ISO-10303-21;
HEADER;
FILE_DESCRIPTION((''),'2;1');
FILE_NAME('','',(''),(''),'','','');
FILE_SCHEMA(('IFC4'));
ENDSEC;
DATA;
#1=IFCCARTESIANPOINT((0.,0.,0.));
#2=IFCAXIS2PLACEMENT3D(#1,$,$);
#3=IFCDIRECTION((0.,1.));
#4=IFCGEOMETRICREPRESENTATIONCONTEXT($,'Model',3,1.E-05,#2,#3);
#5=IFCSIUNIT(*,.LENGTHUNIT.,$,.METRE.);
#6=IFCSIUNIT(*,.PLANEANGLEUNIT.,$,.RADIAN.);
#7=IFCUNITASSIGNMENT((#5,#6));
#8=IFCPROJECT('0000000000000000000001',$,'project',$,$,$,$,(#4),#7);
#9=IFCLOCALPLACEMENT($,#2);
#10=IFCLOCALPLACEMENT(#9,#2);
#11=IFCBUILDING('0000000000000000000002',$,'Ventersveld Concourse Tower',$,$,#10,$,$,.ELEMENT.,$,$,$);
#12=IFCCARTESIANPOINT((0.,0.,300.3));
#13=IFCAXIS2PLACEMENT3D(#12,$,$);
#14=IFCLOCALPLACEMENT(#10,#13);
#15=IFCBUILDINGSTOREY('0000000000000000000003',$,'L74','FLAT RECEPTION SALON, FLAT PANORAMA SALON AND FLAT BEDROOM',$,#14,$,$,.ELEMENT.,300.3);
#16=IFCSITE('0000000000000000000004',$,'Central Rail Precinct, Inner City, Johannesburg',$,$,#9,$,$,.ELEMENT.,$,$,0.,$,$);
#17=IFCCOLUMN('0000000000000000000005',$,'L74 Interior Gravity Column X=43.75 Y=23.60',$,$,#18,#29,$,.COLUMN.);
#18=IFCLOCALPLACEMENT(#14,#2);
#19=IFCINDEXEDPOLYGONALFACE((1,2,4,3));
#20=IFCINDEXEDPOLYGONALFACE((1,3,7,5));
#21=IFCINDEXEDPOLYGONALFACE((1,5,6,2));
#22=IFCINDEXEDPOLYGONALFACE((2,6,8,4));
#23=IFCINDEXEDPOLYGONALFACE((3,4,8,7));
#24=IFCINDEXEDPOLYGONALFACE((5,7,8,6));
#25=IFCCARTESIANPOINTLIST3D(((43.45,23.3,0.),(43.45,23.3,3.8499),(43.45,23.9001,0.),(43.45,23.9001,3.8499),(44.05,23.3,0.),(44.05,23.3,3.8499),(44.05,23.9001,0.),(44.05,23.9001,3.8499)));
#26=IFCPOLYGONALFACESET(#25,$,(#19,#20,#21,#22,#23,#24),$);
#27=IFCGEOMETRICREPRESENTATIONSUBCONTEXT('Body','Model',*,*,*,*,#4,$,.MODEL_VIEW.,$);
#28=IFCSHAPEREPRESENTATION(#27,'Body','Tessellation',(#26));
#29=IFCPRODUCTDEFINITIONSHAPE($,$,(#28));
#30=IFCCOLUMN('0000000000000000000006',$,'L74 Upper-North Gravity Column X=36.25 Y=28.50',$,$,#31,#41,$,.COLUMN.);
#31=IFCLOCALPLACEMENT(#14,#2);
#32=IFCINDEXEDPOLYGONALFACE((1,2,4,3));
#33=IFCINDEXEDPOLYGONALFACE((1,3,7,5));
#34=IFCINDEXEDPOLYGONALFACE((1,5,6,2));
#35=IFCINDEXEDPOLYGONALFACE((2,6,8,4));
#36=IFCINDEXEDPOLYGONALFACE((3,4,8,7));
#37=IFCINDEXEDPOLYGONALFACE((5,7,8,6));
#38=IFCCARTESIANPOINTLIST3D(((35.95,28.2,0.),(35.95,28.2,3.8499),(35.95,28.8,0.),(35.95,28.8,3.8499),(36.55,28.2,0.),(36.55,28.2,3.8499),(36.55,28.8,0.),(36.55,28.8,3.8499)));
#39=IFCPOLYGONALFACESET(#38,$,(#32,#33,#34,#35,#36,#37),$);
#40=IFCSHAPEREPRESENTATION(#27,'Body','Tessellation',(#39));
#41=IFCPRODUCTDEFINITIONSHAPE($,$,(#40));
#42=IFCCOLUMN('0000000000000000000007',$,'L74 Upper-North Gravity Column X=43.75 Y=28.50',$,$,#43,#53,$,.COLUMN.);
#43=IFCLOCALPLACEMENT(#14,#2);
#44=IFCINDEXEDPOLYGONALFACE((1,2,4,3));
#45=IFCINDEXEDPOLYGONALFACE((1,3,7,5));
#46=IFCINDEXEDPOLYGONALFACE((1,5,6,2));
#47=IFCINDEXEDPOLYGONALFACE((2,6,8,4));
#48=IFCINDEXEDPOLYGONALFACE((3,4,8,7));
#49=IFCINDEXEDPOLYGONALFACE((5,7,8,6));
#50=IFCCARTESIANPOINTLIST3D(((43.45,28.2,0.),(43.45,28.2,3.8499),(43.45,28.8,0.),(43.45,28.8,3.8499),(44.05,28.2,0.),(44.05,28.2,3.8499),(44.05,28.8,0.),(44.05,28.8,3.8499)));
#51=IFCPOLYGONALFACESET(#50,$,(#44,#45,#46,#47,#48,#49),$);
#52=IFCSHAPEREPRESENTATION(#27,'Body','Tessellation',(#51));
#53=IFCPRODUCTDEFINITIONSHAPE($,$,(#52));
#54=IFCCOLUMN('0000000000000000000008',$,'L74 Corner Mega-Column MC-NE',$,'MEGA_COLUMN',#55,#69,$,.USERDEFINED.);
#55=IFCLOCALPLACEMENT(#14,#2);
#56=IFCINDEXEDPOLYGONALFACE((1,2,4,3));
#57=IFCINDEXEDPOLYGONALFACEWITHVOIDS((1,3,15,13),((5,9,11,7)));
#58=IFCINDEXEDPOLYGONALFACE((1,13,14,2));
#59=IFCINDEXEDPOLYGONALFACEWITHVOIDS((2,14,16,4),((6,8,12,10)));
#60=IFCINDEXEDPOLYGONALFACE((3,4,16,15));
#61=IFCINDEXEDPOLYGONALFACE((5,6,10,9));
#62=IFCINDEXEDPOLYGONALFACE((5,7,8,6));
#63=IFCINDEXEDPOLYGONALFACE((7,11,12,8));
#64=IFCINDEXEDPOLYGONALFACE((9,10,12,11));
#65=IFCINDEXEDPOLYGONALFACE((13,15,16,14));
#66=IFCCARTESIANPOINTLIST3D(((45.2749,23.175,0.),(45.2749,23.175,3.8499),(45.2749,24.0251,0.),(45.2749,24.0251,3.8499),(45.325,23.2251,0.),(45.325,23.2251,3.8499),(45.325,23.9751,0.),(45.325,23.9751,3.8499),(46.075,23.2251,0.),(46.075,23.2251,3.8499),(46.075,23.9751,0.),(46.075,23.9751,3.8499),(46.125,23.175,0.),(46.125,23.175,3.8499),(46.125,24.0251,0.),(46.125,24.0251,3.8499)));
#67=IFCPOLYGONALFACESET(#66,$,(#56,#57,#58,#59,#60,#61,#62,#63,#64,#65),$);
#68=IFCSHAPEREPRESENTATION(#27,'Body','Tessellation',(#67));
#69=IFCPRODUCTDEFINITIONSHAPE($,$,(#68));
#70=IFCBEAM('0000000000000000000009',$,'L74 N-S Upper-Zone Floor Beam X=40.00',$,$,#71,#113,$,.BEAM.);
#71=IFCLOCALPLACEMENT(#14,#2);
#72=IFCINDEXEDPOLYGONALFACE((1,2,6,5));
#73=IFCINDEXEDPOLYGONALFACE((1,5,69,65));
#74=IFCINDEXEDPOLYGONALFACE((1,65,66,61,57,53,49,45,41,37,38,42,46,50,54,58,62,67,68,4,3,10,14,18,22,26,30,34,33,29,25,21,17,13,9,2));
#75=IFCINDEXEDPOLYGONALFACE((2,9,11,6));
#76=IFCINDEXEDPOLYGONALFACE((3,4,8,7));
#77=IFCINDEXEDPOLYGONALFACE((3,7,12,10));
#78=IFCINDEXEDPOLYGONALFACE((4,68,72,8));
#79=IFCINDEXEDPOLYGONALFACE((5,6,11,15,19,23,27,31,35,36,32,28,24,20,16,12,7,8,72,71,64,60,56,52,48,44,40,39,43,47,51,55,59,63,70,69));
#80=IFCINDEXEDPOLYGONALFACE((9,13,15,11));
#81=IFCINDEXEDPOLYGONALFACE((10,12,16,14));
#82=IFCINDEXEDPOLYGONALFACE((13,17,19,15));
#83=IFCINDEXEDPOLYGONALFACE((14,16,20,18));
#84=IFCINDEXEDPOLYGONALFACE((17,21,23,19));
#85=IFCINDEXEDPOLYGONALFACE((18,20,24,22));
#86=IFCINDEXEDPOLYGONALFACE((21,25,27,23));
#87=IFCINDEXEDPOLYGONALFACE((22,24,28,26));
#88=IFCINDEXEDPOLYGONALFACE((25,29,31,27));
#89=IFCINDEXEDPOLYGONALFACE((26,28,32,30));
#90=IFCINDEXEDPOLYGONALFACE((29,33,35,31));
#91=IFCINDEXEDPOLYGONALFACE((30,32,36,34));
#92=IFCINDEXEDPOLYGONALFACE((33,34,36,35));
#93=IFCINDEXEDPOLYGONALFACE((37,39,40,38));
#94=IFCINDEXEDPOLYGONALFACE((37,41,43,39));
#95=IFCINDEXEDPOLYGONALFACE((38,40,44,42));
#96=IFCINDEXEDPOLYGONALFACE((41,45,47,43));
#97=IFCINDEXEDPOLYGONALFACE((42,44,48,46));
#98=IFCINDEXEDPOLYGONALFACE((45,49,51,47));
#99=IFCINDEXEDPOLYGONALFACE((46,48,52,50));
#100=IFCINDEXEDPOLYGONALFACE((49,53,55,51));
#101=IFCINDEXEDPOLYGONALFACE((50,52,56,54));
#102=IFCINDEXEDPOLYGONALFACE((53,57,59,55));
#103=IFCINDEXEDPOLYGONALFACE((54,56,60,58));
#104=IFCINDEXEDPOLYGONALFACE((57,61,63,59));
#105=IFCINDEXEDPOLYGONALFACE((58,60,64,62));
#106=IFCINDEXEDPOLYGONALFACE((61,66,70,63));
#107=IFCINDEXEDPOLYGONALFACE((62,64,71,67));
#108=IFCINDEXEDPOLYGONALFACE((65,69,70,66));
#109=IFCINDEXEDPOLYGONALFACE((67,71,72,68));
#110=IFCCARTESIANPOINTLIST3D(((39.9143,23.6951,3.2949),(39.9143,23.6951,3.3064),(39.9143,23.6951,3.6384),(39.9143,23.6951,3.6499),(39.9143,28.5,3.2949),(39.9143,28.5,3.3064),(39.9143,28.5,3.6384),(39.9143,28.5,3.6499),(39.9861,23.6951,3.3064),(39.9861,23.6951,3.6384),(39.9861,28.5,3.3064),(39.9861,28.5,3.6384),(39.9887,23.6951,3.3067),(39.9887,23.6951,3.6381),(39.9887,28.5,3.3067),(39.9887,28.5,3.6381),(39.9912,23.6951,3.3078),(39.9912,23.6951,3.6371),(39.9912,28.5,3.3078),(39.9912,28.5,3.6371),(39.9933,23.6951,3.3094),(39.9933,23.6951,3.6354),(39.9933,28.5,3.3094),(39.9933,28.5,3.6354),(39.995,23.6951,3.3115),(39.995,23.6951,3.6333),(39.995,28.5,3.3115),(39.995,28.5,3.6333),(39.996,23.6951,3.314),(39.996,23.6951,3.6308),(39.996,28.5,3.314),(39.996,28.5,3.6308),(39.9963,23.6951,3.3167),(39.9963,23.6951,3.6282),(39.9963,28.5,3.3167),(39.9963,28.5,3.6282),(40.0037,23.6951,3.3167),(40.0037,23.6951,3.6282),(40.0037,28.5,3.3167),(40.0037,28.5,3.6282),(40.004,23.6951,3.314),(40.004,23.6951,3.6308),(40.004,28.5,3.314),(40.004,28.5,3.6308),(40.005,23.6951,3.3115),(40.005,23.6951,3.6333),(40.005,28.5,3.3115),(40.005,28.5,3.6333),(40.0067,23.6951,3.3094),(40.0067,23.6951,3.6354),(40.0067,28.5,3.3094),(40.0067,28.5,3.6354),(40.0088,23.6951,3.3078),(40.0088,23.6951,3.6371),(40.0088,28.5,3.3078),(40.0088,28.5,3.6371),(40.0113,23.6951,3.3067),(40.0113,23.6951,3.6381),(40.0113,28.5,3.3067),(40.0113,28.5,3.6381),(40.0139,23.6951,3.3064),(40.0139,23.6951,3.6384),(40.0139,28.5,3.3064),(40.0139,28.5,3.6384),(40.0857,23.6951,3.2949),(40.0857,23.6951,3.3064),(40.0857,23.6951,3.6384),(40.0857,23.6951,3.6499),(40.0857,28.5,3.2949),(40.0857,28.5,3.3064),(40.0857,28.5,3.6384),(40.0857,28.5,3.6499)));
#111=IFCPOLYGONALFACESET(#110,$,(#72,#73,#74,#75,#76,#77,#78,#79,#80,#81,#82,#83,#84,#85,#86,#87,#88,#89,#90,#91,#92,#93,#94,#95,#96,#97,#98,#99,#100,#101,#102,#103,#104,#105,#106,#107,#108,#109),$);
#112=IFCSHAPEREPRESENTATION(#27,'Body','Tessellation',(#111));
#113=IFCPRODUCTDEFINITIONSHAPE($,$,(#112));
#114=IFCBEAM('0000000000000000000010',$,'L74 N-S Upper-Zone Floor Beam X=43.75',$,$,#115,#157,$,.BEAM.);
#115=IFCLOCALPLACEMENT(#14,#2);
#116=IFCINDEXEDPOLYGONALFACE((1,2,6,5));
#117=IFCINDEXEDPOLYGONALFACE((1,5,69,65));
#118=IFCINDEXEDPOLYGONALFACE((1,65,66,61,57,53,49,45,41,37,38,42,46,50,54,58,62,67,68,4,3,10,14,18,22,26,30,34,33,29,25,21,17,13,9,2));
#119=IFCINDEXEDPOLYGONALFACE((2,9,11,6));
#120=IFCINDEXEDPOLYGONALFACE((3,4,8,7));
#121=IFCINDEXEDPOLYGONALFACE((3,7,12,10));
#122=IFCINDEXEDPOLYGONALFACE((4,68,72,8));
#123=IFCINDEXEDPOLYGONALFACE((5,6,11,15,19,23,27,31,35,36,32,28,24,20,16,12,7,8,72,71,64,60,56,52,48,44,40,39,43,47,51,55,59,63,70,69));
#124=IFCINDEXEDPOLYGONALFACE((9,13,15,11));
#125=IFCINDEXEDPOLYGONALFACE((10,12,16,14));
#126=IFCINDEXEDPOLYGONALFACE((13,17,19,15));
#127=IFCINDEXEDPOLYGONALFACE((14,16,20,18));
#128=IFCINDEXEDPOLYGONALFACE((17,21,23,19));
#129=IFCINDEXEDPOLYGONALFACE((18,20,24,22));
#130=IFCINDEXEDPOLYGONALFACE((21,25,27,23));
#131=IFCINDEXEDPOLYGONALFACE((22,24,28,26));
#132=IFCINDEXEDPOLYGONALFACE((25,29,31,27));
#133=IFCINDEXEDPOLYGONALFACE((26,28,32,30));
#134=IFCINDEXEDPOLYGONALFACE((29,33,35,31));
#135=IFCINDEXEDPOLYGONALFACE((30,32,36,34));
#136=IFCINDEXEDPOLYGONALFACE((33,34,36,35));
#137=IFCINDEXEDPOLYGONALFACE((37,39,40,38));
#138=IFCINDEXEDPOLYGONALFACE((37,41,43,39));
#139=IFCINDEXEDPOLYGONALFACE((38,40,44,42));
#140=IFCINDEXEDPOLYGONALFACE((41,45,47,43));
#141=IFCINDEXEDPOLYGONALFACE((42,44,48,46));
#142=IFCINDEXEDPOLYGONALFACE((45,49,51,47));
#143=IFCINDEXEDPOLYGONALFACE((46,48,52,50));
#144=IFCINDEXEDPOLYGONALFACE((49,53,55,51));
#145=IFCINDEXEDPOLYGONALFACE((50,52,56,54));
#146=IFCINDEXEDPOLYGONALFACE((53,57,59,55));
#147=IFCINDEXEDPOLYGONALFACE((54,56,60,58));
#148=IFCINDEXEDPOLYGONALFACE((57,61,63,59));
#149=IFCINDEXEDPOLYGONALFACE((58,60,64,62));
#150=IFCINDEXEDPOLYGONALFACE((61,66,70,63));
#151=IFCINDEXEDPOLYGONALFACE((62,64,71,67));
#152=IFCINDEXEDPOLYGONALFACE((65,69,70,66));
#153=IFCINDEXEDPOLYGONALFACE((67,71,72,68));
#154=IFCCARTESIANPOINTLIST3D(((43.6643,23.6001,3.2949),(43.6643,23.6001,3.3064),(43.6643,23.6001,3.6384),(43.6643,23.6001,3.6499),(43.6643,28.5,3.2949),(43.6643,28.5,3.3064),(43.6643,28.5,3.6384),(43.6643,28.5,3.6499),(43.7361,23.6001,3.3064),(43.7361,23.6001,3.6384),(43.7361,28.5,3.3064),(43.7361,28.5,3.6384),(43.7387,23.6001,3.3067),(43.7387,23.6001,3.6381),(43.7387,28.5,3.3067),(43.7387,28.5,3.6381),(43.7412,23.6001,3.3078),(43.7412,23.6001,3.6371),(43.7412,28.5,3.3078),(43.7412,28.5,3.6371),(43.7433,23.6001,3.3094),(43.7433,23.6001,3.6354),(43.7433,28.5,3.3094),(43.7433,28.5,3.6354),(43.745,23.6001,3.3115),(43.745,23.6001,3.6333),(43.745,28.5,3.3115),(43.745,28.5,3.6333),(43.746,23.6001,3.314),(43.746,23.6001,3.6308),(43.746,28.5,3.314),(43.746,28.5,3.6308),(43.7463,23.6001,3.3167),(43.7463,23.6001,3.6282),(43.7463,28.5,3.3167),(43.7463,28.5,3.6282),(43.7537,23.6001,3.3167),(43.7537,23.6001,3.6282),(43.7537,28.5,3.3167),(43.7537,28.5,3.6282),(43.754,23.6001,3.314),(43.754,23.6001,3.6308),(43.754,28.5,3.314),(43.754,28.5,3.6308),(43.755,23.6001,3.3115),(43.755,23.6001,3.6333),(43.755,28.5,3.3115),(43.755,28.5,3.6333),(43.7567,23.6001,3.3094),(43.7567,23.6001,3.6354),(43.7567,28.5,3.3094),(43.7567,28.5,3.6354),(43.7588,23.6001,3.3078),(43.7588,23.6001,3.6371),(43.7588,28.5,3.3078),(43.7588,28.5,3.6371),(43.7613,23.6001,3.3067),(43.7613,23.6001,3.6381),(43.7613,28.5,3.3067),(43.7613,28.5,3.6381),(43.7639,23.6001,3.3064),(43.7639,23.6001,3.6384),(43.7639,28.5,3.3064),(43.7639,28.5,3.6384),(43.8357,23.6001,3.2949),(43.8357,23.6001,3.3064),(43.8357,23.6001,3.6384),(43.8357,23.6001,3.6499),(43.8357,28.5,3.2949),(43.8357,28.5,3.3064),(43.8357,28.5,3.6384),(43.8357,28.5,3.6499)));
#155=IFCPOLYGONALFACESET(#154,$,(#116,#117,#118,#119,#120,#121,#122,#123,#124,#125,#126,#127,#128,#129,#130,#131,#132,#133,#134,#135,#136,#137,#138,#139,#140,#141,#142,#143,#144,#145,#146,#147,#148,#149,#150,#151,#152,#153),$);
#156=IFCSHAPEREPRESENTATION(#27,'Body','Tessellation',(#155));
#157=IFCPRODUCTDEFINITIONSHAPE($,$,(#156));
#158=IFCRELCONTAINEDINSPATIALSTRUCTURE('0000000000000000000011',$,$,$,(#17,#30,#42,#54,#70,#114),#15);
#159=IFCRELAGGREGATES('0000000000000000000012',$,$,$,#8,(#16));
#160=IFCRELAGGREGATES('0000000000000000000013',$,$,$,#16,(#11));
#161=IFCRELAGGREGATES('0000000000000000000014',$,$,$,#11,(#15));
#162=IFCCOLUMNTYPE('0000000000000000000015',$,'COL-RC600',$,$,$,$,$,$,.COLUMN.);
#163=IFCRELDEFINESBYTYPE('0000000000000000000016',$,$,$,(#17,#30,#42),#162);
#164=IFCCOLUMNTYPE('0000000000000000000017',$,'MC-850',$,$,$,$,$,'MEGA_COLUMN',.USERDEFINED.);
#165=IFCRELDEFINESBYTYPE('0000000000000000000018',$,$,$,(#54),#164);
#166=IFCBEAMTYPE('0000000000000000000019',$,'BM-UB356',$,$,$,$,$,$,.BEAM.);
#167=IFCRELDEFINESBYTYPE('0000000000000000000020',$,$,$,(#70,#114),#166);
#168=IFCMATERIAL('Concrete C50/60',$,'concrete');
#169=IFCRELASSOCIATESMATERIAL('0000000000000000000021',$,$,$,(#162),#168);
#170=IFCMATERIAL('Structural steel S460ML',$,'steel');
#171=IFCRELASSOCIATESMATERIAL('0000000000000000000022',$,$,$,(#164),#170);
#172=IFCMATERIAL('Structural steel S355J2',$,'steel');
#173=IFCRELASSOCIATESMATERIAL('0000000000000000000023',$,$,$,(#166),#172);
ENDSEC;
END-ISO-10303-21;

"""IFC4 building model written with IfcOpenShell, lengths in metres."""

from ifc_helpers import new_model, si_unit, direction, frame, origin, origin_2d, place, context, subcontext, project, spatial, rectangle, hollow_rectangle, i_section, extrude, material, material_profile, profile_set, type_object, element, save


model = new_model("IFC4")

# Units and contexts
model_context = context("Model", 3, precision=1e-05, world=origin(), true_north=direction((0.0, 1.0)))
body_context = subcontext(model_context, "Body", "Model", "MODEL_VIEW")
ifc_project = project(units=[si_unit("LENGTHUNIT", "METRE"), si_unit("PLANEANGLEUNIT", "RADIAN")], contexts=[model_context])

# Site, building, storey
site_placement = place(None, origin())
site = spatial("IfcSite", under=ifc_project, at=site_placement, Name="Central Rail Precinct, Inner City, Johannesburg", CompositionType="ELEMENT", RefElevation=0.0)
building_placement = place(site_placement, origin())
building = spatial("IfcBuilding", under=site, at=building_placement, Name="Ventersveld Concourse Tower", CompositionType="ELEMENT")
storey_placement = place(building_placement, frame((0.0, 0.0, 300.3)))
storey = spatial("IfcBuildingStorey", under=building, at=storey_placement, Name="L74", Description="FLAT RECEPTION SALON, FLAT PANORAMA SALON AND FLAT BEDROOM", CompositionType="ELEMENT", Elevation=300.3)

# Columns
ifc_material_1 = material(Name="Concrete C50/60", Category="concrete")
ifc_material_profile_1 = material_profile(ifc_material_1, rectangle(XDim=0.6001, YDim=0.6001, at=origin_2d()), Name="RC 600x600")
ifc_profile_set_1 = profile_set([ifc_material_profile_1], Name="Concrete C50/60")
column_type_1 = type_object("IfcColumnType", Name="COL-RC600", PredefinedType="COLUMN", material=ifc_profile_set_1)
for number, where, z_axis, x_axis, name in (
    (1, (43.75, 23.6001, 0.0), (0.0, 0.0, 1.0), (1.0, 0.0, 0.0), "L74 Interior Gravity Column X=43.75 Y=23.60"),
    (2, (36.25, 28.5, 0.0), (0.0, 0.0, 1.0), (1.0, 0.0, 0.0), "L74 Upper-North Gravity Column X=36.25 Y=28.50"),
    (3, (43.75, 28.5, 0.0), (0.0, 0.0, 1.0), (1.0, 0.0, 0.0), "L74 Upper-North Gravity Column X=43.75 Y=28.50"),
):
    element("IfcColumn", number, at=place(storey_placement, frame(where, z_axis=z_axis, x_axis=x_axis)), inside=storey, type_object=column_type_1, Name=name, PredefinedType="COLUMN", context=body_context, shape_type="SweptSolid", body=[
        extrude(rectangle(XDim=0.6001, YDim=0.6001, at=origin_2d()), origin(), (0.0, 0.0, 1.0), 3.8499),
    ])
ifc_material_2 = material(Name="Structural steel S460ML", Category="steel")
ifc_material_profile_2 = material_profile(ifc_material_2, hollow_rectangle(XDim=0.8501, YDim=0.8501, WallThickness=0.05, at=origin_2d()), Name="BOX 850x850x50")
ifc_profile_set_2 = profile_set([ifc_material_profile_2], Name="Structural steel S460ML")
column_type_2 = type_object("IfcColumnType", Name="MC-850", ElementType="MEGA_COLUMN", PredefinedType="USERDEFINED", material=ifc_profile_set_2)
column_placement = place(storey_placement, frame((45.7, 23.6001, 0.0), z_axis=(0.0, 0.0, 1.0), x_axis=(1.0, 0.0, 0.0)))
element("IfcColumn", 4, at=column_placement, inside=storey, type_object=column_type_2, Name="L74 Corner Mega-Column MC-NE", ObjectType="MEGA_COLUMN", PredefinedType="USERDEFINED", context=body_context, shape_type="SweptSolid", body=[
    extrude(hollow_rectangle(XDim=0.8501, YDim=0.8501, WallThickness=0.05, at=origin_2d()), origin(), (0.0, 0.0, 1.0), 3.8499),
])

# Beams
ifc_material_3 = material(Name="Structural steel S355J2", Category="steel")
ifc_material_profile_3 = material_profile(ifc_material_3, i_section(OverallWidth=0.1714, OverallDepth=0.355, WebThickness=0.0073, FlangeThickness=0.0115, FilletRadius=0.0103, at=origin_2d()), Name="UB 356x171x51")
ifc_profile_set_3 = profile_set([ifc_material_profile_3], Name="Structural steel S355J2")
beam_type_1 = type_object("IfcBeamType", Name="BM-UB356", PredefinedType="BEAM", material=ifc_profile_set_3)
beam_1_placement = place(storey_placement, frame((40.0, 23.6951, 3.4724), z_axis=(0.0, 1.0, 0.0), x_axis=(-1.0, 0.0, 0.0)))
element("IfcBeam", 5, at=beam_1_placement, inside=storey, type_object=beam_type_1, Name="L74 N-S Upper-Zone Floor Beam X=40.00", PredefinedType="BEAM", context=body_context, shape_type="SweptSolid", body=[
    extrude(i_section(OverallWidth=0.1714, OverallDepth=0.355, WebThickness=0.0073, FlangeThickness=0.0115, FilletRadius=0.0103, at=origin_2d()), origin(), (0.0, 0.0, 1.0), 4.8049),
])
beam_2_placement = place(storey_placement, frame((43.75, 23.6001, 3.4724), z_axis=(0.0, 1.0, 0.0), x_axis=(-1.0, 0.0, 0.0)))
element("IfcBeam", 6, at=beam_2_placement, inside=storey, type_object=beam_type_1, Name="L74 N-S Upper-Zone Floor Beam X=43.75", PredefinedType="BEAM", context=body_context, shape_type="SweptSolid", body=[
    extrude(i_section(OverallWidth=0.1714, OverallDepth=0.355, WebThickness=0.0073, FlangeThickness=0.0115, FilletRadius=0.0103, at=origin_2d()), origin(), (0.0, 0.0, 1.0), 4.8999),
])

save(model, "model.ifc")
